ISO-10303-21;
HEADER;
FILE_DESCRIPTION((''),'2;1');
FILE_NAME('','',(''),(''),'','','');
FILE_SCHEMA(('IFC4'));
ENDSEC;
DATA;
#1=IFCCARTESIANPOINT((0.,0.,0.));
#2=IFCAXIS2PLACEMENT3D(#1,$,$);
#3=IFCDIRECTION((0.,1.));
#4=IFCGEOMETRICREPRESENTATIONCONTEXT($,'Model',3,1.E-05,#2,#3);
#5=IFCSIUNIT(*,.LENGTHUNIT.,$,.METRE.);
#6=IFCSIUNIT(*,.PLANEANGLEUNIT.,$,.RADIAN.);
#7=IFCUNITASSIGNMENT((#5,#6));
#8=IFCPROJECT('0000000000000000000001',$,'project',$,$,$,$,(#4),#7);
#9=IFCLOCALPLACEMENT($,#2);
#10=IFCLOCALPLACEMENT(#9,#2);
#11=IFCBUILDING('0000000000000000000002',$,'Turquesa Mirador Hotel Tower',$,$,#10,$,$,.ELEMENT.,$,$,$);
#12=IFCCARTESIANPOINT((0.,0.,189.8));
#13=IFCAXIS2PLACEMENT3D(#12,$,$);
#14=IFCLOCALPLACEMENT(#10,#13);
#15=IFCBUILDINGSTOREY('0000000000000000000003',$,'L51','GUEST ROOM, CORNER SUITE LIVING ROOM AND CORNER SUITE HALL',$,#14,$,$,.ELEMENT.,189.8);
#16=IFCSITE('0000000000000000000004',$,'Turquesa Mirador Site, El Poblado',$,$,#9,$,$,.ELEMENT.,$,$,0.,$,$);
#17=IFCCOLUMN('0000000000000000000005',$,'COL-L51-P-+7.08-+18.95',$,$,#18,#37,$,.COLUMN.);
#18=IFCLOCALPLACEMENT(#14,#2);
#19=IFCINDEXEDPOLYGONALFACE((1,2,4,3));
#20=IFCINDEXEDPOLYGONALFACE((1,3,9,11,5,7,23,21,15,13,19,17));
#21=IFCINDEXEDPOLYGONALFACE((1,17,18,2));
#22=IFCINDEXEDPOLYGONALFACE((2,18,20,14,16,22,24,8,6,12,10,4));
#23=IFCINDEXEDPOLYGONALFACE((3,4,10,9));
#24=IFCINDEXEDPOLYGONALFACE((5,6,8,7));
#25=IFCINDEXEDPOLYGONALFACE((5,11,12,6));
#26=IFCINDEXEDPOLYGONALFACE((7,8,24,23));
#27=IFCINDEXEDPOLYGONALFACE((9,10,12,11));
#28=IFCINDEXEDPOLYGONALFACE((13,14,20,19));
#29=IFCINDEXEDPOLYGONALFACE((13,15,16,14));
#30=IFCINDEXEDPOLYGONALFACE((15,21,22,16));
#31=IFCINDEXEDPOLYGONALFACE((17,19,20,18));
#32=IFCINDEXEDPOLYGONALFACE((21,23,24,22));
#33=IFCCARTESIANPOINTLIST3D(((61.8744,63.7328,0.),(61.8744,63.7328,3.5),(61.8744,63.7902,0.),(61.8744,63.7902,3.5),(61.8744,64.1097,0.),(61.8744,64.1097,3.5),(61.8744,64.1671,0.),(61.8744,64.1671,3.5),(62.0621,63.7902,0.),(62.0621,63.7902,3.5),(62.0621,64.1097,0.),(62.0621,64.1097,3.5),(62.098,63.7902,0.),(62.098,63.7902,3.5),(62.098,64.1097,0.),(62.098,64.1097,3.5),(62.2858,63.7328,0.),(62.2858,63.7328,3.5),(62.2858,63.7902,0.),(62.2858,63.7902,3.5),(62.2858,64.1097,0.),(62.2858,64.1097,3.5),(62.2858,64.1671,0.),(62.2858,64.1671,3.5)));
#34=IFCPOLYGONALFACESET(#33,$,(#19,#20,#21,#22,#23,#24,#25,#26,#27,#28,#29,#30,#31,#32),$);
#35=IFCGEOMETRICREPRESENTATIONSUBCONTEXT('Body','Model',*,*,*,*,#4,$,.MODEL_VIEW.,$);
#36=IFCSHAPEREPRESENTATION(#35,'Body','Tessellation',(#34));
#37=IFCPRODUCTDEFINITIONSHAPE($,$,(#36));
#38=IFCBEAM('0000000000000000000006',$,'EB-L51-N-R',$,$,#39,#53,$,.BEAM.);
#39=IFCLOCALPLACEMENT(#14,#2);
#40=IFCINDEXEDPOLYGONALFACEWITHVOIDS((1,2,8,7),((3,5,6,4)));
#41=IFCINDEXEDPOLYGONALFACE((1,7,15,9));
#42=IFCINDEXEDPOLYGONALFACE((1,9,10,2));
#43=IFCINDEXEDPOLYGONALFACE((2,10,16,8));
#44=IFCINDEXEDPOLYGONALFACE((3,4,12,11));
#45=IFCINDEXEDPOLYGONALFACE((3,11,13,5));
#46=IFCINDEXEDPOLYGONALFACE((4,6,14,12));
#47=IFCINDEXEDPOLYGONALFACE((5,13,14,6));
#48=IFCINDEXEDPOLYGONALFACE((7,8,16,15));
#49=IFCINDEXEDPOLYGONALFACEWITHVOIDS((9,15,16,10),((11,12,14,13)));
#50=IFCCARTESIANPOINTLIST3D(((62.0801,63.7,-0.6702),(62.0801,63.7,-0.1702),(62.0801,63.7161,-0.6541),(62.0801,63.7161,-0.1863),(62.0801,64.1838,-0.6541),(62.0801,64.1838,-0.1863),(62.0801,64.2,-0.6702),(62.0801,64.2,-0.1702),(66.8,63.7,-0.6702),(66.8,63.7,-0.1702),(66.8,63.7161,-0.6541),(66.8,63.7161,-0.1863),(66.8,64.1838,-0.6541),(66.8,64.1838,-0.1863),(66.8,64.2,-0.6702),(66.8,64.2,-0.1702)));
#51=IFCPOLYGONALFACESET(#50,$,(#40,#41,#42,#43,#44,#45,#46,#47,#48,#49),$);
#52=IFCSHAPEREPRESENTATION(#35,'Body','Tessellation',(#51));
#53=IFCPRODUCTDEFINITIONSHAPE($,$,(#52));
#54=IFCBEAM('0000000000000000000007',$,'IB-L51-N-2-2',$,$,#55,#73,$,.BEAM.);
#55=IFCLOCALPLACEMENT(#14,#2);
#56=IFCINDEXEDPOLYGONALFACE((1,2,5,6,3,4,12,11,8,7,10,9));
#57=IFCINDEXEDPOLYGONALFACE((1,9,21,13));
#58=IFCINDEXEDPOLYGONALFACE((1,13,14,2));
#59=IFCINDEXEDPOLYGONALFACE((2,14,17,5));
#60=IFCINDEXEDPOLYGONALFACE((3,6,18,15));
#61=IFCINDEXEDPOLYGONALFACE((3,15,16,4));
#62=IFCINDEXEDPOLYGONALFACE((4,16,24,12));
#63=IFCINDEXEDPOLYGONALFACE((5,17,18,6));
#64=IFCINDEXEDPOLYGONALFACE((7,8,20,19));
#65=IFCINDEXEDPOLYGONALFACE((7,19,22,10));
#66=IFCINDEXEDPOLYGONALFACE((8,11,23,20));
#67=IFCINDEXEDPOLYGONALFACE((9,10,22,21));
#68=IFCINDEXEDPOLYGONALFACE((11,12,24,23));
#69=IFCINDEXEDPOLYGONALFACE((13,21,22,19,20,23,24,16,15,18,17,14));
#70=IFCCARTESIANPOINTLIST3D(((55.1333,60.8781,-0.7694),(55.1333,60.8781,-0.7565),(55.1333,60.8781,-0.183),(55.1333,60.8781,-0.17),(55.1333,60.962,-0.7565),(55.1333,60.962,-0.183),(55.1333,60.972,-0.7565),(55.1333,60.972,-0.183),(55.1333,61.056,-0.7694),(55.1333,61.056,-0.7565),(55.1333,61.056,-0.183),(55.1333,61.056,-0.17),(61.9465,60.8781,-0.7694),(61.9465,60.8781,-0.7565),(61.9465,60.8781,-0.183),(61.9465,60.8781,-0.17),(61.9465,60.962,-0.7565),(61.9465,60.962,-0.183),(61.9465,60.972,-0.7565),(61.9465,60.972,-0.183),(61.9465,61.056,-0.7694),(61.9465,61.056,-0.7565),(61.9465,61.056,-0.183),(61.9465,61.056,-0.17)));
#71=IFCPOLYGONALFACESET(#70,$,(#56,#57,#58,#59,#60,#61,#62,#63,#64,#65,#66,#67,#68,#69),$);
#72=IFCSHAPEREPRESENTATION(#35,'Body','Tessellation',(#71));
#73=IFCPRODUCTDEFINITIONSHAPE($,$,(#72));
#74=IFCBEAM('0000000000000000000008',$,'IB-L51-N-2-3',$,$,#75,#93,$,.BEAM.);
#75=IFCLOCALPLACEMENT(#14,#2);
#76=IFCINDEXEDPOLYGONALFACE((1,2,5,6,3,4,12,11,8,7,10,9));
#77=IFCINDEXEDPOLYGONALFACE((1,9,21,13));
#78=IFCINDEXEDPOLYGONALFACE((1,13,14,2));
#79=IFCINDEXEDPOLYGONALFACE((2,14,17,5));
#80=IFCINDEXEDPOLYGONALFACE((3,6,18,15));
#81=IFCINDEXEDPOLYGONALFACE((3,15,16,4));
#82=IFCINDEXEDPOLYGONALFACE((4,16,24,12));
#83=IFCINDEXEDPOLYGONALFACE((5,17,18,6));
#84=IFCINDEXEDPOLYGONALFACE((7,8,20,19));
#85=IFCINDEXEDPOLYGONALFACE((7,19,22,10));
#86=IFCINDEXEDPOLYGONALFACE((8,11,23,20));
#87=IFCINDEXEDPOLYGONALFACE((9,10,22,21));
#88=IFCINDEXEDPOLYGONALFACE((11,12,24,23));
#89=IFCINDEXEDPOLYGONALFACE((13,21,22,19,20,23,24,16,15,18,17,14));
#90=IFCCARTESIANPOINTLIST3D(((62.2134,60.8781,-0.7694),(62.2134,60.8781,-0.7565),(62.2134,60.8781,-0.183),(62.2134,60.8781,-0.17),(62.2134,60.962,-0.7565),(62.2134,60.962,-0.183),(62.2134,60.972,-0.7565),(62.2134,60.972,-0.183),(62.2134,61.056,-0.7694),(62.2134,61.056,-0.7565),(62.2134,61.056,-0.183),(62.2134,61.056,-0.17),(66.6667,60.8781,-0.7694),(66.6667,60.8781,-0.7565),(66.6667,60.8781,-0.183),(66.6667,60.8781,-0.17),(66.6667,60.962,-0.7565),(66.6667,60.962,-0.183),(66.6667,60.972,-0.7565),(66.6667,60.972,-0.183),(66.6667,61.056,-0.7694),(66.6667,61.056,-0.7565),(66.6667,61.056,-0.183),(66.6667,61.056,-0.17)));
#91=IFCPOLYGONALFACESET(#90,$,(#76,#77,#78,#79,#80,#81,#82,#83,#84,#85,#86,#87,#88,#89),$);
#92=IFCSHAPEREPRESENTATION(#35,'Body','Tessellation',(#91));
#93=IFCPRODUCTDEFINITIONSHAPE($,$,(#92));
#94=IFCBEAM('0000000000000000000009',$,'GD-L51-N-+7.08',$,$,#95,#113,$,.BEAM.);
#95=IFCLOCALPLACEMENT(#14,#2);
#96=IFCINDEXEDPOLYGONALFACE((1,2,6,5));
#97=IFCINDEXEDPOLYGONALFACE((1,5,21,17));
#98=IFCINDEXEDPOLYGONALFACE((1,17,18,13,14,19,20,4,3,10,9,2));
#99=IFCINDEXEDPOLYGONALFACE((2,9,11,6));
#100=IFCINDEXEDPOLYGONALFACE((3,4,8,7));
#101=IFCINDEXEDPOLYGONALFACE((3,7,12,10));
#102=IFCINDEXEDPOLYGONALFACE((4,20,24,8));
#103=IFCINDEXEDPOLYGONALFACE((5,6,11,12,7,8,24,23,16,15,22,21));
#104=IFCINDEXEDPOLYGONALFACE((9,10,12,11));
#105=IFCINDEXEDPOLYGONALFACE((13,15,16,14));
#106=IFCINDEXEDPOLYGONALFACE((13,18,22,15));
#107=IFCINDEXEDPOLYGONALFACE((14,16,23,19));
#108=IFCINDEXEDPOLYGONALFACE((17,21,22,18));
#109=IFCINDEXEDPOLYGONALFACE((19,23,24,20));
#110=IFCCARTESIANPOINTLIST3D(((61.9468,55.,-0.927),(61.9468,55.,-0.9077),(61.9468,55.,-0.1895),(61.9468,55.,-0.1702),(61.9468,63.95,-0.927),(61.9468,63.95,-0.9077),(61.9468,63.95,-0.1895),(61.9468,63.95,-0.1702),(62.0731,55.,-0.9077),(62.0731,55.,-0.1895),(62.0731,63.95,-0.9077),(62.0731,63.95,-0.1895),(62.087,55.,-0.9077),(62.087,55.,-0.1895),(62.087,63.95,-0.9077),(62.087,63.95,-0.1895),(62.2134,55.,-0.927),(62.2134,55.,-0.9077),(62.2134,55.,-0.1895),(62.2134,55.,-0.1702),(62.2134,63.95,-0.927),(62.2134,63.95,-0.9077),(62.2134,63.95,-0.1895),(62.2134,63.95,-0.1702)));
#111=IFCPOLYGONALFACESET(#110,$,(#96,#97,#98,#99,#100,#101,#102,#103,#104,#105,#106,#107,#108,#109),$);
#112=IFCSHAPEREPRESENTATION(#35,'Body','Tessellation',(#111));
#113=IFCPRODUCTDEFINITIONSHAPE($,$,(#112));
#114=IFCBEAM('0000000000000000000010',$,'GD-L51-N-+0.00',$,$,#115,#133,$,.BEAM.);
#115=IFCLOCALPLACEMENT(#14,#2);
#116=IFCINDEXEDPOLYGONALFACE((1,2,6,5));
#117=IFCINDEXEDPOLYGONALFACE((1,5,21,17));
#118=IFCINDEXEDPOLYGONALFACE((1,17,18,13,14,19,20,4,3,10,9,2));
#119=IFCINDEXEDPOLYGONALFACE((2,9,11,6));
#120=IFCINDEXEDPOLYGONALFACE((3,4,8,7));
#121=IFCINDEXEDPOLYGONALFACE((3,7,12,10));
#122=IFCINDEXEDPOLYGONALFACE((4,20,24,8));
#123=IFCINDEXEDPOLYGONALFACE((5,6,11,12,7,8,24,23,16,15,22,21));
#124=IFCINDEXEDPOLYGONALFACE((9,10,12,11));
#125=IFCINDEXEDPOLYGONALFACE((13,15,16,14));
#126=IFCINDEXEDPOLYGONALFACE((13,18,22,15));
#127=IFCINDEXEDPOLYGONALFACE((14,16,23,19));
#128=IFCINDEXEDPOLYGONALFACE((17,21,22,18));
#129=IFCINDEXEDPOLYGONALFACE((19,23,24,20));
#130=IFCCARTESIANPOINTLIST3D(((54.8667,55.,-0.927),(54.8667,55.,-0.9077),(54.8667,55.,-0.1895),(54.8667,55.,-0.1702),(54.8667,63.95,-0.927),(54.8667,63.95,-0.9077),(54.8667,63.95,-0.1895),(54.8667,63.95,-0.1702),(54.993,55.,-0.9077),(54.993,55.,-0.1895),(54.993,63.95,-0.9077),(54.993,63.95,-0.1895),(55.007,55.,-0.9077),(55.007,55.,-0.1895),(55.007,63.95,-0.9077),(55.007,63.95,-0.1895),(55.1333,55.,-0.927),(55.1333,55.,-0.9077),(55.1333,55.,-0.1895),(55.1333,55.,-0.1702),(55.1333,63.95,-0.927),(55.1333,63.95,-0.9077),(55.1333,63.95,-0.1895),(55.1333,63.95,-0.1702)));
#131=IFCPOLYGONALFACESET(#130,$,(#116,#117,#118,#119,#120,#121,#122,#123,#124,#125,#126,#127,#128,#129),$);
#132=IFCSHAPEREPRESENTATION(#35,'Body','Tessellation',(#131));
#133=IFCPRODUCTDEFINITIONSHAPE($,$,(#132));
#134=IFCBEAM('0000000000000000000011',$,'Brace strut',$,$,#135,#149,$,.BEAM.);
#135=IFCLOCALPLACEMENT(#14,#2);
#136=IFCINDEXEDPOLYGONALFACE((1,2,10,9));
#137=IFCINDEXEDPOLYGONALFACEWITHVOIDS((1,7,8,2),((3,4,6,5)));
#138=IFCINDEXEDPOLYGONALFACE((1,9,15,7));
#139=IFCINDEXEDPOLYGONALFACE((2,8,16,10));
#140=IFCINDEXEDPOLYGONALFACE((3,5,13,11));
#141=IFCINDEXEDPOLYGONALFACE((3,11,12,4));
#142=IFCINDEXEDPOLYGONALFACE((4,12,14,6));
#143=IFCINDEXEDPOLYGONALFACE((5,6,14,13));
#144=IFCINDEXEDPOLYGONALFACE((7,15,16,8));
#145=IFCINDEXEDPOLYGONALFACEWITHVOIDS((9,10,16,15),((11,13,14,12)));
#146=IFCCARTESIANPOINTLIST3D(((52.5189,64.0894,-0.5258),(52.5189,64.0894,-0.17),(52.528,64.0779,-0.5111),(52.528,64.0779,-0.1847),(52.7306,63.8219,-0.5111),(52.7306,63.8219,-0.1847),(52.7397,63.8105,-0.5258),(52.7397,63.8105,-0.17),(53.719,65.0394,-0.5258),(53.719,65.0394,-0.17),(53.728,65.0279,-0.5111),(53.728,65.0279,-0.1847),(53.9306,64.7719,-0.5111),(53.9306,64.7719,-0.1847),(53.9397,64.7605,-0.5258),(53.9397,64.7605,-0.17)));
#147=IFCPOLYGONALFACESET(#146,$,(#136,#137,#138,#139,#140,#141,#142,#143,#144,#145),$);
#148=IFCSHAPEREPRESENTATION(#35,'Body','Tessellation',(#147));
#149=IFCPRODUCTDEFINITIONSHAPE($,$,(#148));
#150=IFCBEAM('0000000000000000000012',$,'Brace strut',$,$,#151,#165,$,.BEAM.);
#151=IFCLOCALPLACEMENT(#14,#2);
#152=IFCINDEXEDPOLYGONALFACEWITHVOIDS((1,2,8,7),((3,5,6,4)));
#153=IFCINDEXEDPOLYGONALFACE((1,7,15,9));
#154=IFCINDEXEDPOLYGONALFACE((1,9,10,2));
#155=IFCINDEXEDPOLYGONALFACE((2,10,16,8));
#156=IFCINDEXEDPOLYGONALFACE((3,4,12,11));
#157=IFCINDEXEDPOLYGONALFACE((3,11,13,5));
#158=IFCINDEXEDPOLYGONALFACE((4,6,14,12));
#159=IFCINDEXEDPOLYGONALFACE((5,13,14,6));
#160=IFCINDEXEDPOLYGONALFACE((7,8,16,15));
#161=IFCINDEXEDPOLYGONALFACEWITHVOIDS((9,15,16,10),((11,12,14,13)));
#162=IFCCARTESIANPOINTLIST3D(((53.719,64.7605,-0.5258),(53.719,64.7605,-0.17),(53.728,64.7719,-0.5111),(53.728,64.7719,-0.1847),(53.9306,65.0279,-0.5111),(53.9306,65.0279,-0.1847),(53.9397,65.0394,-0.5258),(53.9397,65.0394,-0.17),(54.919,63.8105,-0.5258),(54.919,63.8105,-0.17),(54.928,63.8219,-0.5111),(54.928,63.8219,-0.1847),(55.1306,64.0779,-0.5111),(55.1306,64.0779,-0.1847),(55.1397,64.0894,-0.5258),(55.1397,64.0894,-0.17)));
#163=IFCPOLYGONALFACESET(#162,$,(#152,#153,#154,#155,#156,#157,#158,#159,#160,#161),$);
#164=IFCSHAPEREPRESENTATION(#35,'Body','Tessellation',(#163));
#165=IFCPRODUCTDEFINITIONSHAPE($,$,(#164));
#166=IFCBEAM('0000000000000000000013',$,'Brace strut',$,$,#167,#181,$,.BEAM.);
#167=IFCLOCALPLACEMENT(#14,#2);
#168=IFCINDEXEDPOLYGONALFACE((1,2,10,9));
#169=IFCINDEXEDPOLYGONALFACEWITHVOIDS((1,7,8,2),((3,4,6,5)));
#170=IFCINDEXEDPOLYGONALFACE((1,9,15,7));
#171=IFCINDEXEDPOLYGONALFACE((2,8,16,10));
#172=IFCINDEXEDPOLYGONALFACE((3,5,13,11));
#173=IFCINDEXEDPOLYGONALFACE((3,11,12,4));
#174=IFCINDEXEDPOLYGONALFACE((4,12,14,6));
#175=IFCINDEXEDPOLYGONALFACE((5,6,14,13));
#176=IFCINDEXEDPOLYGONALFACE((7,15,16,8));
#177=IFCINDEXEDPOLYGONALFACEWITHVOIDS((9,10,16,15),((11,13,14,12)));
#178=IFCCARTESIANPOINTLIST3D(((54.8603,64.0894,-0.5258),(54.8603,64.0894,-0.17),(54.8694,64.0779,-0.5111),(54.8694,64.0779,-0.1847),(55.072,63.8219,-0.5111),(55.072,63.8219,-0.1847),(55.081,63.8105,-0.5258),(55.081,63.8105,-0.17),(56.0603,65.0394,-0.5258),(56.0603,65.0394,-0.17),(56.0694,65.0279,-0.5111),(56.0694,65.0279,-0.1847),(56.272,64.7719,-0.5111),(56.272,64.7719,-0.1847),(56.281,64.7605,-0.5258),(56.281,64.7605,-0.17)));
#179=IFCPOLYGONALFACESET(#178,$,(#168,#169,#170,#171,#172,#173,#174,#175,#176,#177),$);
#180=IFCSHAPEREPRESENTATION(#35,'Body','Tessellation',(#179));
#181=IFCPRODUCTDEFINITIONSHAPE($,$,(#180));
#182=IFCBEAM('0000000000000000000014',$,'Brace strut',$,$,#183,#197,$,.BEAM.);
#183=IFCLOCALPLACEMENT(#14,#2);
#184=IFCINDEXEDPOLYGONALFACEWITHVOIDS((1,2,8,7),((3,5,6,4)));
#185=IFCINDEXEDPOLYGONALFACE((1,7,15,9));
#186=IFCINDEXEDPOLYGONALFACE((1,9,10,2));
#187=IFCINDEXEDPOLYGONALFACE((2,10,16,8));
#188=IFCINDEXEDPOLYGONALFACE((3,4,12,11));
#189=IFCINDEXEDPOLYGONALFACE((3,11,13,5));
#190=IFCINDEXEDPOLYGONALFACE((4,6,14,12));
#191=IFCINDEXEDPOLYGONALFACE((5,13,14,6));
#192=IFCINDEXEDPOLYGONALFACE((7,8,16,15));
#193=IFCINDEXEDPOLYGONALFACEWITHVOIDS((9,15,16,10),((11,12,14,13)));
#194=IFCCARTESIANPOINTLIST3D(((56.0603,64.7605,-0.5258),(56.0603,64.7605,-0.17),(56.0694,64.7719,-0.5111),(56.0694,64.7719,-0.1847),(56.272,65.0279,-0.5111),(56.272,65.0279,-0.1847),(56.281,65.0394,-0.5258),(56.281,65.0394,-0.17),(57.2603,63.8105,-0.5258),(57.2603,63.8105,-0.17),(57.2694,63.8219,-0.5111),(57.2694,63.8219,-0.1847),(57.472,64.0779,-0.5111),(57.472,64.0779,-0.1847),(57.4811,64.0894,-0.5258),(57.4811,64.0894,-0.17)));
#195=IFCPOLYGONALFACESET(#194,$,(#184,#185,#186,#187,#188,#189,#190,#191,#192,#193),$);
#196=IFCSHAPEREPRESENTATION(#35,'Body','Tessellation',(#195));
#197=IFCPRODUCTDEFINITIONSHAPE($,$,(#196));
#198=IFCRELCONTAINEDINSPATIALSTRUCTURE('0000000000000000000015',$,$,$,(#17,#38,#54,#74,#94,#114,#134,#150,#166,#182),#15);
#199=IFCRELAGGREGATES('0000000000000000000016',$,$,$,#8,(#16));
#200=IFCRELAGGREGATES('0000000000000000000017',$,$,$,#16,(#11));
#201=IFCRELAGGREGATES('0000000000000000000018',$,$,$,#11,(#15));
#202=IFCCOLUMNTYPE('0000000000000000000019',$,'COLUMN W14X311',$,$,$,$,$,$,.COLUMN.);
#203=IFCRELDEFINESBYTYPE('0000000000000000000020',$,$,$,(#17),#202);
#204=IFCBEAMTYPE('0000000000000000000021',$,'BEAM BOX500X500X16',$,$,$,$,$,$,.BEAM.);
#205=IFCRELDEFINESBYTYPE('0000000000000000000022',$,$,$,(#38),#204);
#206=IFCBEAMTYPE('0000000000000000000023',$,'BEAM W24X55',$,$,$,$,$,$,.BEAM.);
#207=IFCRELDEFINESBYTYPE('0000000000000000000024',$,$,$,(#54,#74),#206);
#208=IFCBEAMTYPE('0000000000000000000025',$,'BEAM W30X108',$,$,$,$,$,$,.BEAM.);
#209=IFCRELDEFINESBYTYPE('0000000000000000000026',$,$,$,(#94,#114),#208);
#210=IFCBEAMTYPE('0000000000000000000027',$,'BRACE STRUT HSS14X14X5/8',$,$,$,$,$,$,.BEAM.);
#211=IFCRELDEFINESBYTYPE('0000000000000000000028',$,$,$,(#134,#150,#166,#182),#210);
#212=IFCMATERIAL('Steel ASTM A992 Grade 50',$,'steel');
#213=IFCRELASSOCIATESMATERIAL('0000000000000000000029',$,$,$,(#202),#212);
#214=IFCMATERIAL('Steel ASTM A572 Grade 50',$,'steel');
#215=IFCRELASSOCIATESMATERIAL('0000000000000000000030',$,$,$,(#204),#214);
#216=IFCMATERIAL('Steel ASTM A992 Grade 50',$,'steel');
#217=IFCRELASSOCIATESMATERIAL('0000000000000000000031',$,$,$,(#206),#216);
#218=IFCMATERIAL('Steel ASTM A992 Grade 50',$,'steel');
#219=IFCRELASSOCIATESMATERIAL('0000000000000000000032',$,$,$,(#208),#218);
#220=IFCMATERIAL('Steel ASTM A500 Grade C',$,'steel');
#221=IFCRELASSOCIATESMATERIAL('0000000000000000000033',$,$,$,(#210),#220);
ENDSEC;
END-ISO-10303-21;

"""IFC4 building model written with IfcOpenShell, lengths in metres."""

from ifc_helpers import new_model, si_unit, direction, frame, origin, origin_2d, place, context, subcontext, project, spatial, hollow_rectangle, i_section, extrude, material, material_profile, profile_set, type_object, element, save


model = new_model("IFC4")

# Units and contexts
model_context = context("Model", 3, precision=1e-05, world=origin(), true_north=direction((0.0, 1.0)))
body_context = subcontext(model_context, "Body", "Model", "MODEL_VIEW")
ifc_project = project(units=[si_unit("LENGTHUNIT", "METRE"), si_unit("PLANEANGLEUNIT", "RADIAN")], contexts=[model_context])

# Site, building, storey
site_placement = place(None, origin())
site = spatial("IfcSite", under=ifc_project, at=site_placement, Name="Turquesa Mirador Site, El Poblado", CompositionType="ELEMENT", RefElevation=0.0)
building_placement = place(site_placement, origin())
building = spatial("IfcBuilding", under=site, at=building_placement, Name="Turquesa Mirador Hotel Tower", CompositionType="ELEMENT")
storey_placement = place(building_placement, frame((0.0, 0.0, 189.8)))
storey = spatial("IfcBuildingStorey", under=building, at=storey_placement, Name="L51", Description="GUEST ROOM, CORNER SUITE LIVING ROOM AND CORNER SUITE HALL", CompositionType="ELEMENT", Elevation=189.8)

# Column
ifc_material_1 = material(Name="Steel ASTM A992 Grade 50", Category="steel")
ifc_material_profile_1 = material_profile(ifc_material_1, i_section(OverallWidth=0.4114, OverallDepth=0.4343, WebThickness=0.0359, FlangeThickness=0.0574, at=origin_2d()), Name="W14X311")
ifc_profile_set_1 = profile_set([ifc_material_profile_1], Name="Steel ASTM A992 Grade 50")
column_type = type_object("IfcColumnType", Name="COLUMN W14X311", PredefinedType="COLUMN", material=ifc_profile_set_1)
column_placement = place(storey_placement, frame((62.0801, 63.95, 0.0), z_axis=(0.0, 0.0, 1.0), x_axis=(1.0, 0.0, 0.0)))
element("IfcColumn", 1, at=column_placement, inside=storey, type_object=column_type, Name="COL-L51-P-+7.08-+18.95", PredefinedType="COLUMN", context=body_context, shape_type="SweptSolid", body=[
    extrude(i_section(OverallWidth=0.4114, OverallDepth=0.4343, WebThickness=0.0359, FlangeThickness=0.0574, at=origin_2d()), origin(), (0.0, 0.0, 1.0), 3.5),
])

# Beams
ifc_material_2 = material(Name="Steel ASTM A572 Grade 50", Category="steel")
ifc_material_profile_2 = material_profile(ifc_material_2, hollow_rectangle(XDim=0.5, YDim=0.5, WallThickness=0.0161, at=origin_2d()), Name="BOX500X500X16")
ifc_profile_set_2 = profile_set([ifc_material_profile_2], Name="Steel ASTM A572 Grade 50")
beam_type_1 = type_object("IfcBeamType", Name="BEAM BOX500X500X16", PredefinedType="BEAM", material=ifc_profile_set_2)
beam_1_placement = place(storey_placement, frame((62.0801, 63.95, -0.4202), z_axis=(1.0, 0.0, 0.0), x_axis=(0.0, 1.0, 0.0)))
element("IfcBeam", 2, at=beam_1_placement, inside=storey, type_object=beam_type_1, Name="EB-L51-N-R", PredefinedType="BEAM", context=body_context, shape_type="SweptSolid", body=[
    extrude(hollow_rectangle(XDim=0.5, YDim=0.5, WallThickness=0.0161, at=origin_2d()), origin(), (0.0, 0.0, 1.0), 4.72),
])
ifc_material_3 = material(Name="Steel ASTM A992 Grade 50", Category="steel")
ifc_material_profile_3 = material_profile(ifc_material_3, i_section(OverallWidth=0.178, OverallDepth=0.5994, WebThickness=0.01, FlangeThickness=0.0129, at=origin_2d()), Name="W24X55")
ifc_profile_set_3 = profile_set([ifc_material_profile_3], Name="Steel ASTM A992 Grade 50")
beam_type_2 = type_object("IfcBeamType", Name="BEAM W24X55", PredefinedType="BEAM", material=ifc_profile_set_3)
beam_2_placement = place(storey_placement, frame((55.1333, 60.967, -0.4697), z_axis=(1.0, 0.0, 0.0), x_axis=(0.0, 1.0, 0.0)))
element("IfcBeam", 3, at=beam_2_placement, inside=storey, type_object=beam_type_2, Name="IB-L51-N-2-2", PredefinedType="BEAM", context=body_context, shape_type="SweptSolid", body=[
    extrude(i_section(OverallWidth=0.178, OverallDepth=0.5994, WebThickness=0.01, FlangeThickness=0.0129, at=origin_2d()), origin(), (0.0, 0.0, 1.0), 6.8132),
])
beam_3_placement = place(storey_placement, frame((62.2134, 60.967, -0.4697), z_axis=(1.0, 0.0, 0.0), x_axis=(0.0, 1.0, 0.0)))
element("IfcBeam", 4, at=beam_3_placement, inside=storey, type_object=beam_type_2, Name="IB-L51-N-2-3", PredefinedType="BEAM", context=body_context, shape_type="SweptSolid", body=[
    extrude(i_section(OverallWidth=0.178, OverallDepth=0.5994, WebThickness=0.01, FlangeThickness=0.0129, at=origin_2d()), origin(), (0.0, 0.0, 1.0), 4.4534),
])
ifc_material_4 = material(Name="Steel ASTM A992 Grade 50", Category="steel")
ifc_material_profile_4 = material_profile(ifc_material_4, i_section(OverallWidth=0.2666, OverallDepth=0.7568, WebThickness=0.0139, FlangeThickness=0.0193, at=origin_2d()), Name="W30X108")
ifc_profile_set_4 = profile_set([ifc_material_profile_4], Name="Steel ASTM A992 Grade 50")
beam_type_3 = type_object("IfcBeamType", Name="BEAM W30X108", PredefinedType="BEAM", material=ifc_profile_set_4)
for number, where, z_axis, x_axis, name in (
    (5, (62.0801, 63.95, -0.5486), (0.0, -1.0, 0.0), (1.0, 0.0, 0.0), "GD-L51-N-+7.08"),
    (6, (55.0, 63.95, -0.5486), (0.0, -1.0, 0.0), (1.0, 0.0, 0.0), "GD-L51-N-+0.00"),
):
    element("IfcBeam", number, at=place(storey_placement, frame(where, z_axis=z_axis, x_axis=x_axis)), inside=storey, type_object=beam_type_3, Name=name, PredefinedType="BEAM", context=body_context, shape_type="SweptSolid", body=[
        extrude(i_section(OverallWidth=0.2666, OverallDepth=0.7568, WebThickness=0.0139, FlangeThickness=0.0193, at=origin_2d()), origin(), (0.0, 0.0, 1.0), 8.95),
    ])
ifc_material_5 = material(Name="Steel ASTM A500 Grade C", Category="steel")
ifc_material_profile_5 = material_profile(ifc_material_5, hollow_rectangle(XDim=0.3557, YDim=0.3557, WallThickness=0.0146, at=origin_2d()), Name="HSS14X14X5/8")
ifc_profile_set_5 = profile_set([ifc_material_profile_5], Name="Steel ASTM A500 Grade C")
beam_type_4 = type_object("IfcBeamType", Name="BRACE STRUT HSS14X14X5/8", PredefinedType="BEAM", material=ifc_profile_set_5)
for number, where, z_axis, x_axis, name in (
    (7, (53.8293, 64.8999, -0.3479), (-0.784049, -0.620699, 0.0), (0.620699, -0.784049, 0.0), "Brace strut"),
    (8, (53.8293, 64.8999, -0.3479), (0.784049, -0.620699, 0.0), (0.620699, 0.784049, 0.0), "Brace strut"),
    (9, (56.1707, 64.8999, -0.3479), (-0.784049, -0.620699, 0.0), (0.620699, -0.784049, 0.0), "Brace strut"),
    (10, (56.1707, 64.8999, -0.3479), (0.784049, -0.620699, 0.0), (0.620699, 0.784049, 0.0), "Brace strut"),
):
    element("IfcBeam", number, at=place(storey_placement, frame(where, z_axis=z_axis, x_axis=x_axis)), inside=storey, type_object=beam_type_4, Name=name, PredefinedType="BEAM", context=body_context, shape_type="SweptSolid", body=[
        extrude(hollow_rectangle(XDim=0.3557, YDim=0.3557, WallThickness=0.0146, at=origin_2d()), origin(), (0.0, 0.0, 1.0), 1.5305),
    ])

save(model, "model.ifc")
